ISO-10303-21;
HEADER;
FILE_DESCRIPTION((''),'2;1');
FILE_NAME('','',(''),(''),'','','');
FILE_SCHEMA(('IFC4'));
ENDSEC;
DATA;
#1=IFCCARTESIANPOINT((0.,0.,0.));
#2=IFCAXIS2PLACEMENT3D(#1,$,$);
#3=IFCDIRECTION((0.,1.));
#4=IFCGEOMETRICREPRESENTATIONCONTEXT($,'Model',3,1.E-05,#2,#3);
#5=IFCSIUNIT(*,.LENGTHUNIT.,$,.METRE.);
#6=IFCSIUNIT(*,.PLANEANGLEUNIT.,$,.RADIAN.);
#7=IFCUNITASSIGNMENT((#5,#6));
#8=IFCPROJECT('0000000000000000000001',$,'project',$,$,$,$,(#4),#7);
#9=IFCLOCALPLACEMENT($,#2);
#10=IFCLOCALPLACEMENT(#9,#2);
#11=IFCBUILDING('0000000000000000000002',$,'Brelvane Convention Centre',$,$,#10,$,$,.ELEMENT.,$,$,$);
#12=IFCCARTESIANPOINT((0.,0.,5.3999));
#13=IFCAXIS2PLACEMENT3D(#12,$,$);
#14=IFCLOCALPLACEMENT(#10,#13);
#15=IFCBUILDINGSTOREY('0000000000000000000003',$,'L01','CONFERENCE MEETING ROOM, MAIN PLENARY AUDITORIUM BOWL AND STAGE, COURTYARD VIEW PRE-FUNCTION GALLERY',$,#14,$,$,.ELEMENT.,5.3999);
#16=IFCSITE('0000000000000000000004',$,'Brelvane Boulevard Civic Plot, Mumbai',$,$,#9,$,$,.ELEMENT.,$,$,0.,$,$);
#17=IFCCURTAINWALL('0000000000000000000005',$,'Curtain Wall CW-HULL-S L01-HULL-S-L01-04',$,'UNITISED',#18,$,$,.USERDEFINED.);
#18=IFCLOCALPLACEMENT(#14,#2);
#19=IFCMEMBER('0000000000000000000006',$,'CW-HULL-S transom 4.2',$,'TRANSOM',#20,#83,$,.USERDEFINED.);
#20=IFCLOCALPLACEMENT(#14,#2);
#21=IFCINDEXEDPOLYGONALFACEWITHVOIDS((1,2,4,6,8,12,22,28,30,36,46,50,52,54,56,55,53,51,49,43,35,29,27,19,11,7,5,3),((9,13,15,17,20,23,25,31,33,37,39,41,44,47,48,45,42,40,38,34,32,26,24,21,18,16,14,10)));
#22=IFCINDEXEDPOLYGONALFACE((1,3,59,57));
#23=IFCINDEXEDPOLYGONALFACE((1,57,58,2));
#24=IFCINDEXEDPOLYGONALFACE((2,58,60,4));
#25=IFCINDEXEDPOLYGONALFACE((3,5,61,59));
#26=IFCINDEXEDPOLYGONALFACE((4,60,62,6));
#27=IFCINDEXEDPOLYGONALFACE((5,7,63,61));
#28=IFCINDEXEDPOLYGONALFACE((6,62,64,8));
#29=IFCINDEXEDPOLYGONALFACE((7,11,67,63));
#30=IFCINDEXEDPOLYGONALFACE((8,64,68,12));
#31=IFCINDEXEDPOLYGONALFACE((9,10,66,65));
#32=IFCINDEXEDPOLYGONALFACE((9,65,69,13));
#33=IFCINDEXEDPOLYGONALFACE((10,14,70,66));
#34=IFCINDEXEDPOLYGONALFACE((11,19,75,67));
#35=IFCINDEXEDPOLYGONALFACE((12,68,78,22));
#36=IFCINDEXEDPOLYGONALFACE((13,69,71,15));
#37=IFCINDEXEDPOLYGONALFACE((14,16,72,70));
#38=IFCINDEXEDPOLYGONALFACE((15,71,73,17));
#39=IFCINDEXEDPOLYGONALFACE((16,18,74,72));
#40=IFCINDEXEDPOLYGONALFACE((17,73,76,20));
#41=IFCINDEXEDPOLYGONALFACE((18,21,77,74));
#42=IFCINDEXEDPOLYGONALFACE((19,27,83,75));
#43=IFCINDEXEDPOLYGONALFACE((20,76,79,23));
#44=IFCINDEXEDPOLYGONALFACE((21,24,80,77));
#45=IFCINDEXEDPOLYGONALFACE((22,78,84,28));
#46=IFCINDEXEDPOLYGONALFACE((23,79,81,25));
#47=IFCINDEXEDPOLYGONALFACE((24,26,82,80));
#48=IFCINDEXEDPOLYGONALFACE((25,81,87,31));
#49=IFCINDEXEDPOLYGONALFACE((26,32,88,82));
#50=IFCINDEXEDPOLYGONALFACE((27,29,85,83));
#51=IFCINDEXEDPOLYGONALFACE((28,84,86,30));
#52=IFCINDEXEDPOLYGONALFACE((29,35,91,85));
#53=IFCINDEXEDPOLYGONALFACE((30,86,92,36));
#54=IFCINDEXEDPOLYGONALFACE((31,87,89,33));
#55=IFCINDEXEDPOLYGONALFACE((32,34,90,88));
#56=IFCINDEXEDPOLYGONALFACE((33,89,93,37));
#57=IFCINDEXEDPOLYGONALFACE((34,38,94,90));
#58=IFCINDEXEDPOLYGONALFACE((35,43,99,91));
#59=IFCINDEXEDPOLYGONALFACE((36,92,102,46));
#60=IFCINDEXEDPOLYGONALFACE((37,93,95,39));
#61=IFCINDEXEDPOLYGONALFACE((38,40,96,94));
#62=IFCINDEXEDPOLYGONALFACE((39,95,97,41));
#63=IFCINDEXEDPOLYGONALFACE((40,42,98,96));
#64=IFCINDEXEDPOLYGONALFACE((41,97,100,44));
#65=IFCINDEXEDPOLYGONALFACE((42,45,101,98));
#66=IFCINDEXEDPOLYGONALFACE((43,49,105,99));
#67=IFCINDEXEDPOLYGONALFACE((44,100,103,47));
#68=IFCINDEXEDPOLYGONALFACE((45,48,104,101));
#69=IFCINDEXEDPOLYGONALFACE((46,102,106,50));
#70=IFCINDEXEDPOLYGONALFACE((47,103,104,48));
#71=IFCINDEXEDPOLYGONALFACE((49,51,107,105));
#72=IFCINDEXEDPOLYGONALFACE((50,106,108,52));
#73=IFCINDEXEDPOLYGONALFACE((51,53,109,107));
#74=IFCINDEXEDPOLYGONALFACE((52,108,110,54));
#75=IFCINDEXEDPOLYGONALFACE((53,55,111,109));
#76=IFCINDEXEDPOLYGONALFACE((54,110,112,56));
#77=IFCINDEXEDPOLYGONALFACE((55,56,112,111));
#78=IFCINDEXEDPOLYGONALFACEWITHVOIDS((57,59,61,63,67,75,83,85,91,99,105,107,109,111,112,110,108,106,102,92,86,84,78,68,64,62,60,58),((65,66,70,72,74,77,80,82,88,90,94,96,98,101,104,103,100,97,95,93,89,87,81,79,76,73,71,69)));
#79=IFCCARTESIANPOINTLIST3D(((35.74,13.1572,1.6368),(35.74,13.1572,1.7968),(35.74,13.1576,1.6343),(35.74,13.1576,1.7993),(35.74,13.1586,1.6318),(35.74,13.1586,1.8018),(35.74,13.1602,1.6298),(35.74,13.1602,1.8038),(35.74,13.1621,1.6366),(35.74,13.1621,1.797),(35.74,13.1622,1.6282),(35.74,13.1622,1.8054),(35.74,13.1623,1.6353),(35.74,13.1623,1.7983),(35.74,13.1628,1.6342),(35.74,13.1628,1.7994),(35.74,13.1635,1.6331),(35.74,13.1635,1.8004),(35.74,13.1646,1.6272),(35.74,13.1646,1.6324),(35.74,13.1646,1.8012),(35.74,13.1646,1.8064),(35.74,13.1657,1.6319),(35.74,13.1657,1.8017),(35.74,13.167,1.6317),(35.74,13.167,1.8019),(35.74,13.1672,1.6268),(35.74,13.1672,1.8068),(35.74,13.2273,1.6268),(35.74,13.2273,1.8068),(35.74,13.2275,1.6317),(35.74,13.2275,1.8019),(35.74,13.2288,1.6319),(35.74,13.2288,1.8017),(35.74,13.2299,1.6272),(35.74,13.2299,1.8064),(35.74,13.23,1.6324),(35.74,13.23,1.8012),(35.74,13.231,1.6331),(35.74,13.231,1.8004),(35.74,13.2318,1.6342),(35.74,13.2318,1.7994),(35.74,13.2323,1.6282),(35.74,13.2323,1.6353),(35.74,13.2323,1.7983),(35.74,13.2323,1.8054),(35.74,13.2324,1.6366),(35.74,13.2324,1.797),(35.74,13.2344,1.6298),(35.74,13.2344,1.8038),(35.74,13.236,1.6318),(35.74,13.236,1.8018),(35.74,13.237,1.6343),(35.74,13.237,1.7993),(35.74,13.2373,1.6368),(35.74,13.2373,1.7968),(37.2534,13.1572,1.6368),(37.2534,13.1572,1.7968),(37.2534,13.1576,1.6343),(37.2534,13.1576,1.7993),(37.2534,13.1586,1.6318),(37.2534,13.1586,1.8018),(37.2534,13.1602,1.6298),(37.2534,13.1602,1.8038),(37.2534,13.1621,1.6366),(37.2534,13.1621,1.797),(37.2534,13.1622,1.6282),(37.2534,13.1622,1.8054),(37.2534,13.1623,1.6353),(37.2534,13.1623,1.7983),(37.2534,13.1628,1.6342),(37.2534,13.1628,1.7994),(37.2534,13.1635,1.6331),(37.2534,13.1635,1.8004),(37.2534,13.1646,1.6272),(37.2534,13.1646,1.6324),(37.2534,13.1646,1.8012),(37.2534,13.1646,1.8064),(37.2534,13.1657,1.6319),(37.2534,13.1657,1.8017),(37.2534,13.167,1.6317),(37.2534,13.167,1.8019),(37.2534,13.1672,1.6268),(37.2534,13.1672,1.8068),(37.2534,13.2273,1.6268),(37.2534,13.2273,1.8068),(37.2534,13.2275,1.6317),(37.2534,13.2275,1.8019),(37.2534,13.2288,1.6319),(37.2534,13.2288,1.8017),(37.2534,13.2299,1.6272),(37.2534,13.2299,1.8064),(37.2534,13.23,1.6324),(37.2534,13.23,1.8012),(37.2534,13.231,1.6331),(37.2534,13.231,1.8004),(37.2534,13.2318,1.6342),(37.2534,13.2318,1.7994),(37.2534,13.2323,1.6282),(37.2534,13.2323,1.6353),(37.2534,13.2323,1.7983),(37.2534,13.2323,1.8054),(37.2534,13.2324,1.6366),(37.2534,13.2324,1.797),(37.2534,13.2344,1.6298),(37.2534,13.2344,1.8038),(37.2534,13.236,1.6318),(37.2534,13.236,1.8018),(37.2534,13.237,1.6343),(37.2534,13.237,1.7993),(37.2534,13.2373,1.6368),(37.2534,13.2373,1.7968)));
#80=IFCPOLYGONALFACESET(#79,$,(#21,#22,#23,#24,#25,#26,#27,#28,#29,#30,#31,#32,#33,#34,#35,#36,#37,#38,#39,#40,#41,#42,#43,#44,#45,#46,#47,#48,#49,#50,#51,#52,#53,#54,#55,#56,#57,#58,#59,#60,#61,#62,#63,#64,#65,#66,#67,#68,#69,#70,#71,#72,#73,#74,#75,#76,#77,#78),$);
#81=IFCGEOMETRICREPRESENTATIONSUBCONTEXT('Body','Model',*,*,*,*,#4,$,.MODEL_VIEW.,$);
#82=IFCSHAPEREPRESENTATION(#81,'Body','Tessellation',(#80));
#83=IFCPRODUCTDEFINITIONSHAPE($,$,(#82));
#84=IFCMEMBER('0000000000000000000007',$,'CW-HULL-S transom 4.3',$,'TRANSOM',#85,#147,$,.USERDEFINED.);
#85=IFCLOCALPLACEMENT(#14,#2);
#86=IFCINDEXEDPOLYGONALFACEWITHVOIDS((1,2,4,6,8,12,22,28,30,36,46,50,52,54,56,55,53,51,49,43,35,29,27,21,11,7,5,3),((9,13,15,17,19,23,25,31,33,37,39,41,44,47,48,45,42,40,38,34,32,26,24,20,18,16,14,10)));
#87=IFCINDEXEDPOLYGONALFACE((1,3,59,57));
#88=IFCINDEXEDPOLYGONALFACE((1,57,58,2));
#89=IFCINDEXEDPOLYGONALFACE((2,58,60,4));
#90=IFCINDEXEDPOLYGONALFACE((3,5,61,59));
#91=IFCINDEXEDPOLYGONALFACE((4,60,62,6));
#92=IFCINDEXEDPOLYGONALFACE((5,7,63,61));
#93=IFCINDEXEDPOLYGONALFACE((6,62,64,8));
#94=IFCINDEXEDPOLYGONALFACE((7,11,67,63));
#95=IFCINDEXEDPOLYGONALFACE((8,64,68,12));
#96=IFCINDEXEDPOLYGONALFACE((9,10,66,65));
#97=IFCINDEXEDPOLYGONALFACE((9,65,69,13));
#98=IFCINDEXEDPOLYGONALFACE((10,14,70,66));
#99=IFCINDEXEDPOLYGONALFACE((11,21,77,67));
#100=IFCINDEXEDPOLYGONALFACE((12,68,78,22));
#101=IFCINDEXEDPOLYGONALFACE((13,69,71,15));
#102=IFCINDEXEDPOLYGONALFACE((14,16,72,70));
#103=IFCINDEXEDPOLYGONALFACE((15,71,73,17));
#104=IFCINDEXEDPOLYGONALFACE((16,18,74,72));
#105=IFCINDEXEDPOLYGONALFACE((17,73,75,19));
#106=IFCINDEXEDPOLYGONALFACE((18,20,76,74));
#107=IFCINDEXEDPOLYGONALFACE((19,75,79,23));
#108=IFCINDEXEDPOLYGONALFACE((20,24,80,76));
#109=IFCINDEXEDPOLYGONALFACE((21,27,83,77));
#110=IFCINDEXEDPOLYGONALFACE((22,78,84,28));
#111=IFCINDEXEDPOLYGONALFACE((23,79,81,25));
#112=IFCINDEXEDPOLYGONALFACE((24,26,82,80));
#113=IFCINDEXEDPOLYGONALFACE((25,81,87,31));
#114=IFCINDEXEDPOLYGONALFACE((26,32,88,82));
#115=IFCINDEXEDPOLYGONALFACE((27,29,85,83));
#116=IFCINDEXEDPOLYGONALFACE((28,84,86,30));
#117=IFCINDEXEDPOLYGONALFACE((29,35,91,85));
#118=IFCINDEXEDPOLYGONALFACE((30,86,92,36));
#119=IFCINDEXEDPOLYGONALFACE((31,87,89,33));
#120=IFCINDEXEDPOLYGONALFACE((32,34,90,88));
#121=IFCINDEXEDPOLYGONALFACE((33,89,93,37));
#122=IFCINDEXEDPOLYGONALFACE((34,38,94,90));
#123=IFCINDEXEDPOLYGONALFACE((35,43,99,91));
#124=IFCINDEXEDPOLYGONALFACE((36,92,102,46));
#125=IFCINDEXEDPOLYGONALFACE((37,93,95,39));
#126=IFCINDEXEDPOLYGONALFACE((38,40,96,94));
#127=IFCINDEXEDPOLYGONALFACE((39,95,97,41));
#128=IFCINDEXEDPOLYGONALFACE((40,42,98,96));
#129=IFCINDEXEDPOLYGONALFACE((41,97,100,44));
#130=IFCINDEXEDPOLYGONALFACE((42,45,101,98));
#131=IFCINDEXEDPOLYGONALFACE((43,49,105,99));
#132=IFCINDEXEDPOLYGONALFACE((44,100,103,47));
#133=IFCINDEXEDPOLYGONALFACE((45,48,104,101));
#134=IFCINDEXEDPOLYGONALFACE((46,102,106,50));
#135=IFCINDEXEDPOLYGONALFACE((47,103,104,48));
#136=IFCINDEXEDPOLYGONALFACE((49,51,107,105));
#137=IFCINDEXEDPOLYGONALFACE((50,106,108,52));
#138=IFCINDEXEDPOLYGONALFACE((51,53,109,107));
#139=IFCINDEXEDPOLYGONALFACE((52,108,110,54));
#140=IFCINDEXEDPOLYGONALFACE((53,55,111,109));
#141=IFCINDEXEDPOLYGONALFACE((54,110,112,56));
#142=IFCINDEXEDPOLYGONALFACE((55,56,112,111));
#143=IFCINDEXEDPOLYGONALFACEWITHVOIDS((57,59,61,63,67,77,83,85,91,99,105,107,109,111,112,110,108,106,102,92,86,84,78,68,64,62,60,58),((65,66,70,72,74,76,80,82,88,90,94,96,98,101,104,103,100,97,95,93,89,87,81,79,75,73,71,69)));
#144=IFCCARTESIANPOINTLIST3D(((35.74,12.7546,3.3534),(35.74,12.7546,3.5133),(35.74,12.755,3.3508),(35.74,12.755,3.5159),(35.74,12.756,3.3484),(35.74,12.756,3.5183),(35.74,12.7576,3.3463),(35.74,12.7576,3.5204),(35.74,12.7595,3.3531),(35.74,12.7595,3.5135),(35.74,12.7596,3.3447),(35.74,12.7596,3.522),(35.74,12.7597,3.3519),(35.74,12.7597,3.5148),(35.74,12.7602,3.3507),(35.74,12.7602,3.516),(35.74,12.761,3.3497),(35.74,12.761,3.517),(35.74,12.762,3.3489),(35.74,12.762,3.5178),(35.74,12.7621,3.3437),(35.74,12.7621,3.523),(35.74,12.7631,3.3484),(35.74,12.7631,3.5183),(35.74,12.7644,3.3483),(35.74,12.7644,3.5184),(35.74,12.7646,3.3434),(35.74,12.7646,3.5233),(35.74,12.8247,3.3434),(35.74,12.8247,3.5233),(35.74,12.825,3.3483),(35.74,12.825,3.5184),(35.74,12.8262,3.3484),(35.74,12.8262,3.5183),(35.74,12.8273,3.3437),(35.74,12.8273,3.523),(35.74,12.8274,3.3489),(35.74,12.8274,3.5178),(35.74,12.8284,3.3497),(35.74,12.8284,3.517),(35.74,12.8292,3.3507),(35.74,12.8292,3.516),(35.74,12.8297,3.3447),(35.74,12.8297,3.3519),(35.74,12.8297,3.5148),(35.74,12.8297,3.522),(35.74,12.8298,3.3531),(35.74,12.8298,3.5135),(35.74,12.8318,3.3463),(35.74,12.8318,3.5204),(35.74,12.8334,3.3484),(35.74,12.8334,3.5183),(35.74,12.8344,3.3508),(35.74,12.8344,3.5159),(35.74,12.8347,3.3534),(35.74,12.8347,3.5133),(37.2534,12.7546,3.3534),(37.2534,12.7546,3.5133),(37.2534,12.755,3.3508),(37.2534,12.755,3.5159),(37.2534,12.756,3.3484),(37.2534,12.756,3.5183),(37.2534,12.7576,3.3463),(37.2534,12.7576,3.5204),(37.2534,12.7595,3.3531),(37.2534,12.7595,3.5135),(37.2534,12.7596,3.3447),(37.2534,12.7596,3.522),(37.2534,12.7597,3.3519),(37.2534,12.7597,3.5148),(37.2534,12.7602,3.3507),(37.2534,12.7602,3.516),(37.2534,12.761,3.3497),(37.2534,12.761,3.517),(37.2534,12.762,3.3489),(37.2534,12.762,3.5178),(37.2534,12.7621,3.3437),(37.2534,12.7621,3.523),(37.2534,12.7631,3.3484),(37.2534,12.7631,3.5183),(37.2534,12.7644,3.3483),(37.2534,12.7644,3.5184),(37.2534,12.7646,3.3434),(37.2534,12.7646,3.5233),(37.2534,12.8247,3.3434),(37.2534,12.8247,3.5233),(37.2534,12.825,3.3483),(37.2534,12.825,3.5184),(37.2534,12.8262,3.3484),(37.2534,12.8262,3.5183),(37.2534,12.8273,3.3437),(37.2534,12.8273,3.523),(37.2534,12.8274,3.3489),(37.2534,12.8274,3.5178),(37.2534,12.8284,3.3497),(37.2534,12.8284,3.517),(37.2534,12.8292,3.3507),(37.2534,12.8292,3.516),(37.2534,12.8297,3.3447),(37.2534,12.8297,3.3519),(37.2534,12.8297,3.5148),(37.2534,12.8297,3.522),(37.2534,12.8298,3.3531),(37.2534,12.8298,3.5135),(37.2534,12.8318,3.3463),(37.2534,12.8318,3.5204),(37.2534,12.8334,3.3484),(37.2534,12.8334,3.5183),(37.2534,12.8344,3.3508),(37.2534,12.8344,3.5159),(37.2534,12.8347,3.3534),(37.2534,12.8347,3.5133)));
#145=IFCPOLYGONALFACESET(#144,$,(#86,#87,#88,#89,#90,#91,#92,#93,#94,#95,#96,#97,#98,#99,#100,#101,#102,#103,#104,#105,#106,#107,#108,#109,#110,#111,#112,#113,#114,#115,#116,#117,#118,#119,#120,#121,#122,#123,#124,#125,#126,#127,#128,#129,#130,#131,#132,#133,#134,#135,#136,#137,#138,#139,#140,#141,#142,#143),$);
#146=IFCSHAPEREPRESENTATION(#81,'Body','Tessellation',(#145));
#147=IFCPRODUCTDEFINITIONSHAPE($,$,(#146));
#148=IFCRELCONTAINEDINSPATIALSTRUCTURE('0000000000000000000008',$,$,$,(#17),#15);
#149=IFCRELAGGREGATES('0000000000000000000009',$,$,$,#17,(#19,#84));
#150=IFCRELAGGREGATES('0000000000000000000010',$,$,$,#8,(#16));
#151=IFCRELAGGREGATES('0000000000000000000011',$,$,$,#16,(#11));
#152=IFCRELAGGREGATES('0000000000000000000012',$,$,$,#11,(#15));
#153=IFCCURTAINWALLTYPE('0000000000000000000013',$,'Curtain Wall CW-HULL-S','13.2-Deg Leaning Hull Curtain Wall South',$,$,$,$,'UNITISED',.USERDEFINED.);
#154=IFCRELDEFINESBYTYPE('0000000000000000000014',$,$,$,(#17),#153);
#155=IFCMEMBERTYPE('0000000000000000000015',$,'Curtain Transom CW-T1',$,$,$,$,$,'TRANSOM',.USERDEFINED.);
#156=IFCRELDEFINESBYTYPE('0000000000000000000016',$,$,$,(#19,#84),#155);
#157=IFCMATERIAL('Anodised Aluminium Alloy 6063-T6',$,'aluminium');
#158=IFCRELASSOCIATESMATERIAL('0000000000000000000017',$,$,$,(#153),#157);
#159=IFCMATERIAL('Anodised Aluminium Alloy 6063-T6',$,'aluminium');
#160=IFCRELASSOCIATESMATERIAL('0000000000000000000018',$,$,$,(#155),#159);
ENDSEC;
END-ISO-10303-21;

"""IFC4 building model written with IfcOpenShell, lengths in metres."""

from ifc_helpers import new_model, si_unit, direction, frame, origin, origin_2d, place, context, subcontext, project, spatial, hollow_rectangle, extrude, material, material_profile, profile_set, type_object, element, aggregate, save


model = new_model("IFC4")

# Units and contexts
model_context = context("Model", 3, precision=1e-05, world=origin(), true_north=direction((0.0, 1.0)))
body_context = subcontext(model_context, "Body", "Model", "MODEL_VIEW")
ifc_project = project(units=[si_unit("LENGTHUNIT", "METRE"), si_unit("PLANEANGLEUNIT", "RADIAN")], contexts=[model_context])

# Site, building, storey
site_placement = place(None, origin())
site = spatial("IfcSite", under=ifc_project, at=site_placement, Name="Brelvane Boulevard Civic Plot, Mumbai", CompositionType="ELEMENT", RefElevation=0.0)
building_placement = place(site_placement, origin())
building = spatial("IfcBuilding", under=site, at=building_placement, Name="Brelvane Convention Centre", CompositionType="ELEMENT")
storey_placement = place(building_placement, frame((0.0, 0.0, 5.3999)))
storey = spatial("IfcBuildingStorey", under=building, at=storey_placement, Name="L01", Description="CONFERENCE MEETING ROOM, MAIN PLENARY AUDITORIUM BOWL AND STAGE, COURTYARD VIEW PRE-FUNCTION GALLERY", CompositionType="ELEMENT", Elevation=5.3999)

# Curtain wall, members
ifc_material_1 = material(Name="Anodised Aluminium Alloy 6063-T6", Category="aluminium")
curtain_wall_type = type_object("IfcCurtainWallType", Name="Curtain Wall CW-HULL-S", Description="13.2-Deg Leaning Hull Curtain Wall South", ElementType="UNITISED", PredefinedType="USERDEFINED", material=ifc_material_1)
curtain_wall_1_placement = place(storey_placement, origin())
curtain_wall_1 = element("IfcCurtainWall", 1, at=curtain_wall_1_placement, inside=storey, type_object=curtain_wall_type, Name="Curtain Wall CW-HULL-S L01-HULL-S-L01-04", ObjectType="UNITISED", PredefinedType="USERDEFINED")
ifc_material_2 = material(Name="Anodised Aluminium Alloy 6063-T6", Category="aluminium")
ifc_material_profile = material_profile(ifc_material_2, hollow_rectangle(XDim=0.0801, YDim=0.1799, WallThickness=0.0049, InnerFilletRadius=0.0049, OuterFilletRadius=0.01, at=origin_2d()), Name="ALU-T 180x80x5.0")
ifc_profile_set = profile_set([ifc_material_profile], Name="Anodised Aluminium Alloy 6063-T6")
member_type = type_object("IfcMemberType", Name="Curtain Transom CW-T1", ElementType="TRANSOM", PredefinedType="USERDEFINED", material=ifc_profile_set)
member_1_placement = place(storey_placement, frame((35.74, 13.1973, 1.7168), z_axis=(1.0, 0.0, 0.0), x_axis=(0.0, 1.0, 0.0)))
member_1 = element("IfcMember", 2, at=member_1_placement, type_object=member_type, Name="CW-HULL-S transom 4.2", ObjectType="TRANSOM", PredefinedType="USERDEFINED", context=body_context, shape_type="SweptSolid", body=[
    extrude(hollow_rectangle(XDim=0.0801, YDim=0.1799, WallThickness=0.0049, InnerFilletRadius=0.0049, OuterFilletRadius=0.01, at=origin_2d()), origin(), (0.0, 0.0, 1.0), 1.5134),
])
member_2_placement = place(storey_placement, frame((35.74, 12.7947, 3.4333), z_axis=(1.0, 0.0, 0.0), x_axis=(0.0, 1.0, 0.0)))
member_2 = element("IfcMember", 3, at=member_2_placement, type_object=member_type, Name="CW-HULL-S transom 4.3", ObjectType="TRANSOM", PredefinedType="USERDEFINED", context=body_context, shape_type="SweptSolid", body=[
    extrude(hollow_rectangle(XDim=0.0801, YDim=0.1799, WallThickness=0.0049, InnerFilletRadius=0.0049, OuterFilletRadius=0.01, at=origin_2d()), origin(), (0.0, 0.0, 1.0), 1.5134),
])

aggregate(curtain_wall_1, [member_1, member_2])

save(model, "model.ifc")
